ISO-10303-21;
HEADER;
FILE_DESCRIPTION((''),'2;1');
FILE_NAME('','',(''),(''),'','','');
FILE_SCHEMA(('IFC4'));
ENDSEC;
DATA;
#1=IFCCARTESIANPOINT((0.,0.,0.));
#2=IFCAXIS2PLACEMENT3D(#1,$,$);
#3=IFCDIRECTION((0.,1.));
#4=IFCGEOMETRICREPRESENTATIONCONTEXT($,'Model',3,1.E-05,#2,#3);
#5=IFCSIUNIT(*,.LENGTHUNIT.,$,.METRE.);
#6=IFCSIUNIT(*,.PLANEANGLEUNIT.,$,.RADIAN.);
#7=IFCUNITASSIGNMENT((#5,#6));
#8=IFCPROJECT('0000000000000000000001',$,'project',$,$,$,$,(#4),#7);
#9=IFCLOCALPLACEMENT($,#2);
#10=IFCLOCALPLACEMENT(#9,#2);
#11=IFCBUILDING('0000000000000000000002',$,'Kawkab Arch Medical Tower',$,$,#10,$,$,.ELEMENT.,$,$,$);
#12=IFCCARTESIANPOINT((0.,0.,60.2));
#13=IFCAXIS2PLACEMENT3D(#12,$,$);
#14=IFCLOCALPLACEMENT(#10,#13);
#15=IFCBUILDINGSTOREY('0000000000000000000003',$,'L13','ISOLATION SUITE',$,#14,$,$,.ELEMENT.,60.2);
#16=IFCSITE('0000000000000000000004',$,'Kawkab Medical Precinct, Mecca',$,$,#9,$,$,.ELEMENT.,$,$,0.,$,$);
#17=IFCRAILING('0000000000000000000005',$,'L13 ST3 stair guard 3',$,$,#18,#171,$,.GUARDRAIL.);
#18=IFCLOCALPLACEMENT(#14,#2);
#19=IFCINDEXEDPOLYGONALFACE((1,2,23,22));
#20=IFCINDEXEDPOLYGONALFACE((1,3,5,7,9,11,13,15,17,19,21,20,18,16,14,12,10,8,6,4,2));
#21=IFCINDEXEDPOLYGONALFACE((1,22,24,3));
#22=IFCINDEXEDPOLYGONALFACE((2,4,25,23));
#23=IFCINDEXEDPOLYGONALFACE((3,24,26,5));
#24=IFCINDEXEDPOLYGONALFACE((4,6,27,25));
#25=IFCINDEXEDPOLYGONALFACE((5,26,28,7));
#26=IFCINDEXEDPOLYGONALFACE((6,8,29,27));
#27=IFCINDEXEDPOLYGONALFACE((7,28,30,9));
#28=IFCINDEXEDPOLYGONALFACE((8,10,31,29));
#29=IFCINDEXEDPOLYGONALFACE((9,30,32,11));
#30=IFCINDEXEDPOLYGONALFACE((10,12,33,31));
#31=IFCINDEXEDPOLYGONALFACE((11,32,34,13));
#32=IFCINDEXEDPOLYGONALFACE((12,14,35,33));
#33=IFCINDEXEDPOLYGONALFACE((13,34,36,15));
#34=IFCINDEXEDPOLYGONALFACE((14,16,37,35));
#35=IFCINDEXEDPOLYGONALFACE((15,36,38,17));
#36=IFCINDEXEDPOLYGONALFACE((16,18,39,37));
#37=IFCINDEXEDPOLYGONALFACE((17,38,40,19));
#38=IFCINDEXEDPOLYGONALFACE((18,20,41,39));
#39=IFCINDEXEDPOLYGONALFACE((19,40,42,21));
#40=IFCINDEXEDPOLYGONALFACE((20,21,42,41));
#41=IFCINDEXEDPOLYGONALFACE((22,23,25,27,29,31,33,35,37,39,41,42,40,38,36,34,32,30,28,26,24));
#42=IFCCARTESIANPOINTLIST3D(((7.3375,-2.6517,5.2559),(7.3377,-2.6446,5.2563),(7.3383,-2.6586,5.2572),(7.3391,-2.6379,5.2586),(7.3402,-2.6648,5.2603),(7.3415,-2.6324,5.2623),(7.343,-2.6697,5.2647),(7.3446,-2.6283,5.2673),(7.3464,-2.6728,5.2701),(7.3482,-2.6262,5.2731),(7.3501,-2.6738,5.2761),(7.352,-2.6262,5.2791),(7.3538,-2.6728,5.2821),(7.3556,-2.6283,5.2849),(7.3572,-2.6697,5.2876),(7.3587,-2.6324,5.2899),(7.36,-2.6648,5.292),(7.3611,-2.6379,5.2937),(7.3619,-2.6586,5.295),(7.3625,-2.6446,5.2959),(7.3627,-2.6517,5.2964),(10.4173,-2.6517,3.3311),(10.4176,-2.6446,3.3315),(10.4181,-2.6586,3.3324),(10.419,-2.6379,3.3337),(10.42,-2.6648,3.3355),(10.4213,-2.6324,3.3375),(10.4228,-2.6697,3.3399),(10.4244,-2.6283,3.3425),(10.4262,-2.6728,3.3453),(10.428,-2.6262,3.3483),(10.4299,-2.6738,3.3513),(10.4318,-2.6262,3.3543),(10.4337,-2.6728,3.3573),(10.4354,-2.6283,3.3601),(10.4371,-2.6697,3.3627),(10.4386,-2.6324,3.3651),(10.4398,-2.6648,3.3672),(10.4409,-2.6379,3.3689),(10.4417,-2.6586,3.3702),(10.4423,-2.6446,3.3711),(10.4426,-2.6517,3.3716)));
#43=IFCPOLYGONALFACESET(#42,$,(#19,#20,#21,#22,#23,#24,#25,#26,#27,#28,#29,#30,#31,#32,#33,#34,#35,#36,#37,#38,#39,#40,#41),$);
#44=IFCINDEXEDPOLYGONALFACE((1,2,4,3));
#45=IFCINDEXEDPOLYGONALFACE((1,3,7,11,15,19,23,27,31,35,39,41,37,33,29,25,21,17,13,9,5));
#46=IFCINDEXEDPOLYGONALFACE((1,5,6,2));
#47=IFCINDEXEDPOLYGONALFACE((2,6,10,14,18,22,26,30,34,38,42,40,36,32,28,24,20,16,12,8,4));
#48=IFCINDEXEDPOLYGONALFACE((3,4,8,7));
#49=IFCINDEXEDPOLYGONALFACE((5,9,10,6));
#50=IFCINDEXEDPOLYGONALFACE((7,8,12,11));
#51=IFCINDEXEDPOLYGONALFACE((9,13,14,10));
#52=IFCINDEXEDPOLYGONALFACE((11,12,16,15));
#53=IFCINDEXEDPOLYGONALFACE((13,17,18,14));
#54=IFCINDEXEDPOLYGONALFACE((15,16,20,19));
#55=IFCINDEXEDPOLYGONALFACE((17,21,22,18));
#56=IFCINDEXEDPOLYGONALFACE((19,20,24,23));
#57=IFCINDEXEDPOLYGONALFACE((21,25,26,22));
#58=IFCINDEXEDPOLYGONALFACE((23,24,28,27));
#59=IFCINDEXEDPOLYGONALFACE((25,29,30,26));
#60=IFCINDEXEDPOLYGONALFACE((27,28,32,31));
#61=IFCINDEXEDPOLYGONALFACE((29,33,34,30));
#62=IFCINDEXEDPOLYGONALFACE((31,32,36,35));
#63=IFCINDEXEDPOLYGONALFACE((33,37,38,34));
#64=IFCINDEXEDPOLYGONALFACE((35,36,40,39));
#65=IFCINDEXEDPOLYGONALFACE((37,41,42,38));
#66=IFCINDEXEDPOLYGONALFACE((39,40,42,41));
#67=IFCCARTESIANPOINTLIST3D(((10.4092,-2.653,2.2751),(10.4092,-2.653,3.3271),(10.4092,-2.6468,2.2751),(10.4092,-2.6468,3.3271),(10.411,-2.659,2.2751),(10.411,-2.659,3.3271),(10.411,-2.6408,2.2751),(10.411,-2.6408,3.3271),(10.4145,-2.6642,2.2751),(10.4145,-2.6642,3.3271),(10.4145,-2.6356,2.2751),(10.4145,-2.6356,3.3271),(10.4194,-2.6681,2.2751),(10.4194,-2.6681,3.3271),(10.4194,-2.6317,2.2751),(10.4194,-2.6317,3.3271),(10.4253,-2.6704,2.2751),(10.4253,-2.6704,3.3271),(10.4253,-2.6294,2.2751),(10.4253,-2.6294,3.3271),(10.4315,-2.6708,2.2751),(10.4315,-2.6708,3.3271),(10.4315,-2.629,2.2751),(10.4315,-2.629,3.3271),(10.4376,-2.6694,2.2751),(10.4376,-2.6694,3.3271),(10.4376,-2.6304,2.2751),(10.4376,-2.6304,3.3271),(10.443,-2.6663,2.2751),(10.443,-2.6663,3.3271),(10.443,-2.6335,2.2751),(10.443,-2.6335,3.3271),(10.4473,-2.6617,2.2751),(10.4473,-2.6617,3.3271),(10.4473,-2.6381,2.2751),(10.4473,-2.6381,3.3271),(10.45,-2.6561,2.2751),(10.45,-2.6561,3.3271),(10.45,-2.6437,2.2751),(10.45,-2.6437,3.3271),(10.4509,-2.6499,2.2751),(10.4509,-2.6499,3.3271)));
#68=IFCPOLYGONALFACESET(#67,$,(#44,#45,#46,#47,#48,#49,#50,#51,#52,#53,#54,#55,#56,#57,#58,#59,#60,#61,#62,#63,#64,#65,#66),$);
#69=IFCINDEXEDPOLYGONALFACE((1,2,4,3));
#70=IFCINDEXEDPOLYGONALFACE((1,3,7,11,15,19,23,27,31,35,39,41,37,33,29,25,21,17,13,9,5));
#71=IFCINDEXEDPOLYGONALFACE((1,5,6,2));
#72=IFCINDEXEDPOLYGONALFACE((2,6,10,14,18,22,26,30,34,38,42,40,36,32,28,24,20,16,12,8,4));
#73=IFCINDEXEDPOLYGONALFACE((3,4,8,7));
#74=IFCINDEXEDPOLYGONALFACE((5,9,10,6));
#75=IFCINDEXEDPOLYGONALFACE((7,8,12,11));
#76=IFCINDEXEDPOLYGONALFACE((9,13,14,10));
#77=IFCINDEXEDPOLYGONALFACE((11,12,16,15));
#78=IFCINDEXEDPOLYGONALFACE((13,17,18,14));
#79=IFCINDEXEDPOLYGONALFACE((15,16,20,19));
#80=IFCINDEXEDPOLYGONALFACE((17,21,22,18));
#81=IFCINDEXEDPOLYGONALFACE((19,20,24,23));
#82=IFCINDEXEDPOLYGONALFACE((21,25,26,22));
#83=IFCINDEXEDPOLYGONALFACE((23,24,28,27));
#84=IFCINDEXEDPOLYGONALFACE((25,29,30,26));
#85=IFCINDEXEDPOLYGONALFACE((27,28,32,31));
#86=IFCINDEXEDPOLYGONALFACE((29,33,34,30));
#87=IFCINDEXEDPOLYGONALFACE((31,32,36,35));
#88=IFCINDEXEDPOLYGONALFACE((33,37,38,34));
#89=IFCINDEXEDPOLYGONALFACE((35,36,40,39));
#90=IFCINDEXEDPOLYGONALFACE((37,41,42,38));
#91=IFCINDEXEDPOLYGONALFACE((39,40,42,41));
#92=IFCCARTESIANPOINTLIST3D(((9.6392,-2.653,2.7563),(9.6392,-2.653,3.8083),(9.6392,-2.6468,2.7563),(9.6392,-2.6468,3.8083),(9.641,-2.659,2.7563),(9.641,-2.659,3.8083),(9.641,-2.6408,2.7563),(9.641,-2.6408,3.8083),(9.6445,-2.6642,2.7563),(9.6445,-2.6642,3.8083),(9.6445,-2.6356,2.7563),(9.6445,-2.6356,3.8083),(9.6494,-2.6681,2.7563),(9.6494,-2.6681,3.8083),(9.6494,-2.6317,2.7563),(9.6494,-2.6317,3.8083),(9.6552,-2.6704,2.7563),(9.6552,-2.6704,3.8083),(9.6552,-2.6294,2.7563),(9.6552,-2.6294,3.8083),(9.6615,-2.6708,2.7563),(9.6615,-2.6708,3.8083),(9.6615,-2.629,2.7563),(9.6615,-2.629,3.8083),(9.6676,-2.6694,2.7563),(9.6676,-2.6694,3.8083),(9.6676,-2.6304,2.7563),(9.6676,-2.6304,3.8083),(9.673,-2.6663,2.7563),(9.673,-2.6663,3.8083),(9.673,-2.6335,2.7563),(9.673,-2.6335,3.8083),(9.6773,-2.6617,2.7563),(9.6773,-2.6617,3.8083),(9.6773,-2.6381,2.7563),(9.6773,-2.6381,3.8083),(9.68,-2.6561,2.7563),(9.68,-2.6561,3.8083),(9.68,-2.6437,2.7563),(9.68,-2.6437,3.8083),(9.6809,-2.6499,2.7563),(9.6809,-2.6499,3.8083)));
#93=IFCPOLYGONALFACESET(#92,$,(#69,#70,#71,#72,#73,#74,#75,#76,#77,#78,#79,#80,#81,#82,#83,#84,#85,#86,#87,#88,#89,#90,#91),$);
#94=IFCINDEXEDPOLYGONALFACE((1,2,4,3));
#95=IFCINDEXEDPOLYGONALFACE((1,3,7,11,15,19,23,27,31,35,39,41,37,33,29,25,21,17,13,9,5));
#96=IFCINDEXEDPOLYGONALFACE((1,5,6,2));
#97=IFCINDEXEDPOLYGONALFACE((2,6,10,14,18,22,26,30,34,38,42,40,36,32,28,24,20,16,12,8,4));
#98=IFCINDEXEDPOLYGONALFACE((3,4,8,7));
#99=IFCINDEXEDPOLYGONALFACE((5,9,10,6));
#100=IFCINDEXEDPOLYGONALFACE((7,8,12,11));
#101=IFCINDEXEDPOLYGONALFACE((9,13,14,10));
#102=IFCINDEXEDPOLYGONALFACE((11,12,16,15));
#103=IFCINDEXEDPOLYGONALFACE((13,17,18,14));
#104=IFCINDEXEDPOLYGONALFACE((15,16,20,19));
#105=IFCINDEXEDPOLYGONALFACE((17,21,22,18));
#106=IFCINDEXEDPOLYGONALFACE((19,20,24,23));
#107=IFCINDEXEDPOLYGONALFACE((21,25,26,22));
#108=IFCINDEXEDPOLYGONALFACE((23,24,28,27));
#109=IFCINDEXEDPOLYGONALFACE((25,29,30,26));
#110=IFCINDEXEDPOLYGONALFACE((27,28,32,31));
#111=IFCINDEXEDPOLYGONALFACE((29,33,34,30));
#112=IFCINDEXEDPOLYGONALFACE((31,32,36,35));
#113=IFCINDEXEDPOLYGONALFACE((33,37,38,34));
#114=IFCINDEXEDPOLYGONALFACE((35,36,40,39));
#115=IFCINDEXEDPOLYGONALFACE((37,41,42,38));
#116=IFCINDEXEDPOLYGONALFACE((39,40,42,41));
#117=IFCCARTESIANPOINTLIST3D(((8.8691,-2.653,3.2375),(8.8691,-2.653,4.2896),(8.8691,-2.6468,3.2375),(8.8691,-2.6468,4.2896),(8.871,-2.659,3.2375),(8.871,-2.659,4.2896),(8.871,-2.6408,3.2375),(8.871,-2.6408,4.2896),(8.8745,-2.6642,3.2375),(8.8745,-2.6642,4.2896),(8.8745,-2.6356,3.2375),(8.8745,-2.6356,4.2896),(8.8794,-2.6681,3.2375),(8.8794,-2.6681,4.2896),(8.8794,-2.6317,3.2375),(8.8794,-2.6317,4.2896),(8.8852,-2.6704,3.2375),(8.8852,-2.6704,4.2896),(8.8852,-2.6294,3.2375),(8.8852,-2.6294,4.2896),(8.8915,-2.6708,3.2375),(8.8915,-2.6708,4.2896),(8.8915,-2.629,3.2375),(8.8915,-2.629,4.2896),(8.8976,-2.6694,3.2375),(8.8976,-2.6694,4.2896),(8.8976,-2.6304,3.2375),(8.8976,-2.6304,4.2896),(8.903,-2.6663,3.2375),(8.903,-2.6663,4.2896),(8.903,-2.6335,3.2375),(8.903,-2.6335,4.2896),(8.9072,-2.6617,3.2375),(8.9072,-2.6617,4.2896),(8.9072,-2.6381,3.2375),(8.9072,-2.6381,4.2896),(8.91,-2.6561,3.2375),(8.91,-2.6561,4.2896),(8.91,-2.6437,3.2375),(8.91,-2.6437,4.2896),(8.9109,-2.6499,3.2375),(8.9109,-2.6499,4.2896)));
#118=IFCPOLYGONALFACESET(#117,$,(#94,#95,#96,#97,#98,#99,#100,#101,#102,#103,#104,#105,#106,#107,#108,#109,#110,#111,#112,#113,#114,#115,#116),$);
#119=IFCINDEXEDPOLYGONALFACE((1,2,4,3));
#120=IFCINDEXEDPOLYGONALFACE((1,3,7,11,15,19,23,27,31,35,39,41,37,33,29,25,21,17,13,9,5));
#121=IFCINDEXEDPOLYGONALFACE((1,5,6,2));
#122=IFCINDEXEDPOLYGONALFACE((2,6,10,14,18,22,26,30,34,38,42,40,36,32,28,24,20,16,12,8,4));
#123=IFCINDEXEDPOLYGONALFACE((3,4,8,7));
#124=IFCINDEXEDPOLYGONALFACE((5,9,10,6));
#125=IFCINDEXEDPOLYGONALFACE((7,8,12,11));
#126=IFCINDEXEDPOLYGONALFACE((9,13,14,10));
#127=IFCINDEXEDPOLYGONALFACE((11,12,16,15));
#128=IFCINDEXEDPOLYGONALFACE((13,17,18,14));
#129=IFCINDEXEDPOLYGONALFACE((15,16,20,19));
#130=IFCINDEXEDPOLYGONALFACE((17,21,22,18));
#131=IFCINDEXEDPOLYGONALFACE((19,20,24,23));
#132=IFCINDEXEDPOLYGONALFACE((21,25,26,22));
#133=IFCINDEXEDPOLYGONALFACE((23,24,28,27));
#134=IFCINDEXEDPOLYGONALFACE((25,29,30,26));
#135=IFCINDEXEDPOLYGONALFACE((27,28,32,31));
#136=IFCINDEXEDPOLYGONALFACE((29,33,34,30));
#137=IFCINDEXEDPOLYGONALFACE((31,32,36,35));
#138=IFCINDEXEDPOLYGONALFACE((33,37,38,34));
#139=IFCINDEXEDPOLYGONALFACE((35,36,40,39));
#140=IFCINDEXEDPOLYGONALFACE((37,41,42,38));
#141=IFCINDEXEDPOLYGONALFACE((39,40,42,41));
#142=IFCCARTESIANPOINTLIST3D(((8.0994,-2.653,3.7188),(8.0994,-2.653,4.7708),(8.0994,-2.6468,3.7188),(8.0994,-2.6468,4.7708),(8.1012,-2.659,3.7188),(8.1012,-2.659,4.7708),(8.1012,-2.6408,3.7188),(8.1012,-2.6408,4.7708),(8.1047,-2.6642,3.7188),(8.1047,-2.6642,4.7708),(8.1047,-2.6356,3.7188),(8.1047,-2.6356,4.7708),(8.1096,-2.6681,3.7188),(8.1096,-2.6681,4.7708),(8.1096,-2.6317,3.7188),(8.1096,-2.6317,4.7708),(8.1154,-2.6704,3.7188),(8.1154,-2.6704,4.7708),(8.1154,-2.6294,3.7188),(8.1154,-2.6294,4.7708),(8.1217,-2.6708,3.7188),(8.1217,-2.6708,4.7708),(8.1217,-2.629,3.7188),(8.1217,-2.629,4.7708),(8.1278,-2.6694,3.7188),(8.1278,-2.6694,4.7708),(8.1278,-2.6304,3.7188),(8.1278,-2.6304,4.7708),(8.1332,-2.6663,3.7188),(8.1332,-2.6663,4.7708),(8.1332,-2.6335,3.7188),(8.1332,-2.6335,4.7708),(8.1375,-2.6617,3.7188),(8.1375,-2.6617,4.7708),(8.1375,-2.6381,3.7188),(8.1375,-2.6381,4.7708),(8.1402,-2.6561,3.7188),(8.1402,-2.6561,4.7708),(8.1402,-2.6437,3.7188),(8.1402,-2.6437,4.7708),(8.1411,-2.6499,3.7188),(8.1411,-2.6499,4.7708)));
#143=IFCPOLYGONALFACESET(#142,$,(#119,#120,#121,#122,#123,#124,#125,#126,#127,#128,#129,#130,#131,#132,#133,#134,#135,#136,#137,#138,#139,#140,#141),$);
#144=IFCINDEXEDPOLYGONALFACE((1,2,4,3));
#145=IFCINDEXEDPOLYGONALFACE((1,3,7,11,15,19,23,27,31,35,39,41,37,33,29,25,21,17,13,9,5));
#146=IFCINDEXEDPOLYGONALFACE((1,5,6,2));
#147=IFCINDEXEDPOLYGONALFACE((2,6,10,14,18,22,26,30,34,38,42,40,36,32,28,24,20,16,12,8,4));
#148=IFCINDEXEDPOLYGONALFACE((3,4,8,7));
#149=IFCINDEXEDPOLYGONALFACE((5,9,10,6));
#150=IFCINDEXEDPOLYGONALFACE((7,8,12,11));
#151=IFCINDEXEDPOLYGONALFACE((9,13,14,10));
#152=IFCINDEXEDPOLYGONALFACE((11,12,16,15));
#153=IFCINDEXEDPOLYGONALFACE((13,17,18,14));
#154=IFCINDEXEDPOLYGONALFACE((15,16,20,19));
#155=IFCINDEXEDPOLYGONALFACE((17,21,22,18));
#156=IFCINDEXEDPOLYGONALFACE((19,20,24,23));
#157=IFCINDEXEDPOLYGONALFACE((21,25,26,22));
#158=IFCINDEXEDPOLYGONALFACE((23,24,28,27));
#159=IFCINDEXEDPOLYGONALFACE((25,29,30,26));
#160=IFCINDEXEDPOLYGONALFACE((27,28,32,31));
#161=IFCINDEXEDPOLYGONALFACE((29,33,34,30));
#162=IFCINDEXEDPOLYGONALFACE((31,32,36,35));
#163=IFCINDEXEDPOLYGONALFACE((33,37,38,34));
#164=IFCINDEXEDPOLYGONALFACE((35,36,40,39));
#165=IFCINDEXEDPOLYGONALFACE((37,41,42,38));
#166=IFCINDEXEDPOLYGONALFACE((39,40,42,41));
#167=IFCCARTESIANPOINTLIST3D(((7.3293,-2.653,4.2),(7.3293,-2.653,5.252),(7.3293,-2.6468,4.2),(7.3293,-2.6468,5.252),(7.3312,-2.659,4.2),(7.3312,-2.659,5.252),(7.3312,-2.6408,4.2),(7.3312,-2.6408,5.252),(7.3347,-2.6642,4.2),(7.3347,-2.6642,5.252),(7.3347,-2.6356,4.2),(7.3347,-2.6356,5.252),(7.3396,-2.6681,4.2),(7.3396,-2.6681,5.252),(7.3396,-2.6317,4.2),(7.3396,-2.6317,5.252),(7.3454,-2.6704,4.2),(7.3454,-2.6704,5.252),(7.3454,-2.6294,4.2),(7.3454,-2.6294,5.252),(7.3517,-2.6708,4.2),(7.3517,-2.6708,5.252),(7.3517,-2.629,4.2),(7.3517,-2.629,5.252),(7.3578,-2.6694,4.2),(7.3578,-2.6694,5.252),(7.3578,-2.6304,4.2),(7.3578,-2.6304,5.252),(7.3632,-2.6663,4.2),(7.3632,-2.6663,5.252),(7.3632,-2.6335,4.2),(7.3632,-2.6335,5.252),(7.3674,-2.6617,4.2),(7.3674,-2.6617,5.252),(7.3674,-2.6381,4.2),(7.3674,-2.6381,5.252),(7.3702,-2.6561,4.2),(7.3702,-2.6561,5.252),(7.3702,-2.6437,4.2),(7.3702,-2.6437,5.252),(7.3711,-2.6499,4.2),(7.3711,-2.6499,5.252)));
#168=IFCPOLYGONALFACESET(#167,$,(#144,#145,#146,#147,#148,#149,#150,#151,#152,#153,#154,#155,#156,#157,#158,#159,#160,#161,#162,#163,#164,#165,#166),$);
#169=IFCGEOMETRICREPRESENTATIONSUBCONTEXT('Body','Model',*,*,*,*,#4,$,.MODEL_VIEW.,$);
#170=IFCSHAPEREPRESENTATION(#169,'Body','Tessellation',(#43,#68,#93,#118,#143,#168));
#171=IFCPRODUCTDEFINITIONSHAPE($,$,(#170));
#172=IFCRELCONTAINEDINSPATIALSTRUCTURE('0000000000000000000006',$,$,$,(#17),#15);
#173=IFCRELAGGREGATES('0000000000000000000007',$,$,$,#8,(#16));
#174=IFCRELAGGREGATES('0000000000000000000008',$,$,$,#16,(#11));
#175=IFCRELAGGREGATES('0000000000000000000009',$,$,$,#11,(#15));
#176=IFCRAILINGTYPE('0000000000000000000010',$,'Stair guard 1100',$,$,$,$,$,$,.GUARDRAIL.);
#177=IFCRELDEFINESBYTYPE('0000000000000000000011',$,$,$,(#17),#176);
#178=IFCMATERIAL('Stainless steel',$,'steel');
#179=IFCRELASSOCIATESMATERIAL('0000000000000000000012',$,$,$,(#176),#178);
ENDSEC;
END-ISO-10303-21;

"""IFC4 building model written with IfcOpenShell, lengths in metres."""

from ifc_helpers import new_model, si_unit, direction, frame, origin, origin_2d, place, context, subcontext, project, spatial, circle, extrude, material, type_object, element, save


model = new_model("IFC4")

# Units and contexts
model_context = context("Model", 3, precision=1e-05, world=origin(), true_north=direction((0.0, 1.0)))
body_context = subcontext(model_context, "Body", "Model", "MODEL_VIEW")
ifc_project = project(units=[si_unit("LENGTHUNIT", "METRE"), si_unit("PLANEANGLEUNIT", "RADIAN")], contexts=[model_context])

# Site, building, storey
site_placement = place(None, origin())
site = spatial("IfcSite", under=ifc_project, at=site_placement, Name="Kawkab Medical Precinct, Mecca", CompositionType="ELEMENT", RefElevation=0.0)
building_placement = place(site_placement, origin())
building = spatial("IfcBuilding", under=site, at=building_placement, Name="Kawkab Arch Medical Tower", CompositionType="ELEMENT")
storey_placement = place(building_placement, frame((0.0, 0.0, 60.2)))
storey = spatial("IfcBuildingStorey", under=building, at=storey_placement, Name="L13", Description="ISOLATION SUITE", CompositionType="ELEMENT", Elevation=60.2)

# Railing
ifc_material_1 = material(Name="Stainless steel", Category="steel")
railing_type_1 = type_object("IfcRailingType", Name="Stair guard 1100", PredefinedType="GUARDRAIL", material=ifc_material_1)
railing_1_placement = place(storey_placement, frame((10.4299, -2.6499, 2.2751)))
element("IfcRailing", 1, at=railing_1_placement, inside=storey, type_object=railing_type_1, Name="L13 ST3 stair guard 3", PredefinedType="GUARDRAIL", context=body_context, shape_type="SweptSolid", body=[
    extrude(circle(Radius=0.0239, at=origin_2d()), frame((0.0, 0.0, 1.0762), z_axis=(-0.84801, 0.0, 0.529981), x_axis=(0.0, -1.0, 0.0)), (0.0, 0.0, 1.0), 3.6318),
    extrude(circle(Radius=0.021, at=origin_2d()), origin(), (0.0, 0.0, 1.0), 1.052),
    extrude(circle(Radius=0.021, at=origin_2d()), frame((-0.77, 0.0, 0.4812)), (0.0, 0.0, 1.0), 1.052),
    extrude(circle(Radius=0.021, at=origin_2d()), frame((-1.54, 0.0, 0.9624)), (0.0, 0.0, 1.0), 1.052),
    extrude(circle(Radius=0.021, at=origin_2d()), frame((-2.3098, 0.0, 1.4436)), (0.0, 0.0, 1.0), 1.052),
    extrude(circle(Radius=0.021, at=origin_2d()), frame((-3.0798, 0.0, 1.9248)), (0.0, 0.0, 1.0), 1.052),
])

save(model, "model.ifc")
